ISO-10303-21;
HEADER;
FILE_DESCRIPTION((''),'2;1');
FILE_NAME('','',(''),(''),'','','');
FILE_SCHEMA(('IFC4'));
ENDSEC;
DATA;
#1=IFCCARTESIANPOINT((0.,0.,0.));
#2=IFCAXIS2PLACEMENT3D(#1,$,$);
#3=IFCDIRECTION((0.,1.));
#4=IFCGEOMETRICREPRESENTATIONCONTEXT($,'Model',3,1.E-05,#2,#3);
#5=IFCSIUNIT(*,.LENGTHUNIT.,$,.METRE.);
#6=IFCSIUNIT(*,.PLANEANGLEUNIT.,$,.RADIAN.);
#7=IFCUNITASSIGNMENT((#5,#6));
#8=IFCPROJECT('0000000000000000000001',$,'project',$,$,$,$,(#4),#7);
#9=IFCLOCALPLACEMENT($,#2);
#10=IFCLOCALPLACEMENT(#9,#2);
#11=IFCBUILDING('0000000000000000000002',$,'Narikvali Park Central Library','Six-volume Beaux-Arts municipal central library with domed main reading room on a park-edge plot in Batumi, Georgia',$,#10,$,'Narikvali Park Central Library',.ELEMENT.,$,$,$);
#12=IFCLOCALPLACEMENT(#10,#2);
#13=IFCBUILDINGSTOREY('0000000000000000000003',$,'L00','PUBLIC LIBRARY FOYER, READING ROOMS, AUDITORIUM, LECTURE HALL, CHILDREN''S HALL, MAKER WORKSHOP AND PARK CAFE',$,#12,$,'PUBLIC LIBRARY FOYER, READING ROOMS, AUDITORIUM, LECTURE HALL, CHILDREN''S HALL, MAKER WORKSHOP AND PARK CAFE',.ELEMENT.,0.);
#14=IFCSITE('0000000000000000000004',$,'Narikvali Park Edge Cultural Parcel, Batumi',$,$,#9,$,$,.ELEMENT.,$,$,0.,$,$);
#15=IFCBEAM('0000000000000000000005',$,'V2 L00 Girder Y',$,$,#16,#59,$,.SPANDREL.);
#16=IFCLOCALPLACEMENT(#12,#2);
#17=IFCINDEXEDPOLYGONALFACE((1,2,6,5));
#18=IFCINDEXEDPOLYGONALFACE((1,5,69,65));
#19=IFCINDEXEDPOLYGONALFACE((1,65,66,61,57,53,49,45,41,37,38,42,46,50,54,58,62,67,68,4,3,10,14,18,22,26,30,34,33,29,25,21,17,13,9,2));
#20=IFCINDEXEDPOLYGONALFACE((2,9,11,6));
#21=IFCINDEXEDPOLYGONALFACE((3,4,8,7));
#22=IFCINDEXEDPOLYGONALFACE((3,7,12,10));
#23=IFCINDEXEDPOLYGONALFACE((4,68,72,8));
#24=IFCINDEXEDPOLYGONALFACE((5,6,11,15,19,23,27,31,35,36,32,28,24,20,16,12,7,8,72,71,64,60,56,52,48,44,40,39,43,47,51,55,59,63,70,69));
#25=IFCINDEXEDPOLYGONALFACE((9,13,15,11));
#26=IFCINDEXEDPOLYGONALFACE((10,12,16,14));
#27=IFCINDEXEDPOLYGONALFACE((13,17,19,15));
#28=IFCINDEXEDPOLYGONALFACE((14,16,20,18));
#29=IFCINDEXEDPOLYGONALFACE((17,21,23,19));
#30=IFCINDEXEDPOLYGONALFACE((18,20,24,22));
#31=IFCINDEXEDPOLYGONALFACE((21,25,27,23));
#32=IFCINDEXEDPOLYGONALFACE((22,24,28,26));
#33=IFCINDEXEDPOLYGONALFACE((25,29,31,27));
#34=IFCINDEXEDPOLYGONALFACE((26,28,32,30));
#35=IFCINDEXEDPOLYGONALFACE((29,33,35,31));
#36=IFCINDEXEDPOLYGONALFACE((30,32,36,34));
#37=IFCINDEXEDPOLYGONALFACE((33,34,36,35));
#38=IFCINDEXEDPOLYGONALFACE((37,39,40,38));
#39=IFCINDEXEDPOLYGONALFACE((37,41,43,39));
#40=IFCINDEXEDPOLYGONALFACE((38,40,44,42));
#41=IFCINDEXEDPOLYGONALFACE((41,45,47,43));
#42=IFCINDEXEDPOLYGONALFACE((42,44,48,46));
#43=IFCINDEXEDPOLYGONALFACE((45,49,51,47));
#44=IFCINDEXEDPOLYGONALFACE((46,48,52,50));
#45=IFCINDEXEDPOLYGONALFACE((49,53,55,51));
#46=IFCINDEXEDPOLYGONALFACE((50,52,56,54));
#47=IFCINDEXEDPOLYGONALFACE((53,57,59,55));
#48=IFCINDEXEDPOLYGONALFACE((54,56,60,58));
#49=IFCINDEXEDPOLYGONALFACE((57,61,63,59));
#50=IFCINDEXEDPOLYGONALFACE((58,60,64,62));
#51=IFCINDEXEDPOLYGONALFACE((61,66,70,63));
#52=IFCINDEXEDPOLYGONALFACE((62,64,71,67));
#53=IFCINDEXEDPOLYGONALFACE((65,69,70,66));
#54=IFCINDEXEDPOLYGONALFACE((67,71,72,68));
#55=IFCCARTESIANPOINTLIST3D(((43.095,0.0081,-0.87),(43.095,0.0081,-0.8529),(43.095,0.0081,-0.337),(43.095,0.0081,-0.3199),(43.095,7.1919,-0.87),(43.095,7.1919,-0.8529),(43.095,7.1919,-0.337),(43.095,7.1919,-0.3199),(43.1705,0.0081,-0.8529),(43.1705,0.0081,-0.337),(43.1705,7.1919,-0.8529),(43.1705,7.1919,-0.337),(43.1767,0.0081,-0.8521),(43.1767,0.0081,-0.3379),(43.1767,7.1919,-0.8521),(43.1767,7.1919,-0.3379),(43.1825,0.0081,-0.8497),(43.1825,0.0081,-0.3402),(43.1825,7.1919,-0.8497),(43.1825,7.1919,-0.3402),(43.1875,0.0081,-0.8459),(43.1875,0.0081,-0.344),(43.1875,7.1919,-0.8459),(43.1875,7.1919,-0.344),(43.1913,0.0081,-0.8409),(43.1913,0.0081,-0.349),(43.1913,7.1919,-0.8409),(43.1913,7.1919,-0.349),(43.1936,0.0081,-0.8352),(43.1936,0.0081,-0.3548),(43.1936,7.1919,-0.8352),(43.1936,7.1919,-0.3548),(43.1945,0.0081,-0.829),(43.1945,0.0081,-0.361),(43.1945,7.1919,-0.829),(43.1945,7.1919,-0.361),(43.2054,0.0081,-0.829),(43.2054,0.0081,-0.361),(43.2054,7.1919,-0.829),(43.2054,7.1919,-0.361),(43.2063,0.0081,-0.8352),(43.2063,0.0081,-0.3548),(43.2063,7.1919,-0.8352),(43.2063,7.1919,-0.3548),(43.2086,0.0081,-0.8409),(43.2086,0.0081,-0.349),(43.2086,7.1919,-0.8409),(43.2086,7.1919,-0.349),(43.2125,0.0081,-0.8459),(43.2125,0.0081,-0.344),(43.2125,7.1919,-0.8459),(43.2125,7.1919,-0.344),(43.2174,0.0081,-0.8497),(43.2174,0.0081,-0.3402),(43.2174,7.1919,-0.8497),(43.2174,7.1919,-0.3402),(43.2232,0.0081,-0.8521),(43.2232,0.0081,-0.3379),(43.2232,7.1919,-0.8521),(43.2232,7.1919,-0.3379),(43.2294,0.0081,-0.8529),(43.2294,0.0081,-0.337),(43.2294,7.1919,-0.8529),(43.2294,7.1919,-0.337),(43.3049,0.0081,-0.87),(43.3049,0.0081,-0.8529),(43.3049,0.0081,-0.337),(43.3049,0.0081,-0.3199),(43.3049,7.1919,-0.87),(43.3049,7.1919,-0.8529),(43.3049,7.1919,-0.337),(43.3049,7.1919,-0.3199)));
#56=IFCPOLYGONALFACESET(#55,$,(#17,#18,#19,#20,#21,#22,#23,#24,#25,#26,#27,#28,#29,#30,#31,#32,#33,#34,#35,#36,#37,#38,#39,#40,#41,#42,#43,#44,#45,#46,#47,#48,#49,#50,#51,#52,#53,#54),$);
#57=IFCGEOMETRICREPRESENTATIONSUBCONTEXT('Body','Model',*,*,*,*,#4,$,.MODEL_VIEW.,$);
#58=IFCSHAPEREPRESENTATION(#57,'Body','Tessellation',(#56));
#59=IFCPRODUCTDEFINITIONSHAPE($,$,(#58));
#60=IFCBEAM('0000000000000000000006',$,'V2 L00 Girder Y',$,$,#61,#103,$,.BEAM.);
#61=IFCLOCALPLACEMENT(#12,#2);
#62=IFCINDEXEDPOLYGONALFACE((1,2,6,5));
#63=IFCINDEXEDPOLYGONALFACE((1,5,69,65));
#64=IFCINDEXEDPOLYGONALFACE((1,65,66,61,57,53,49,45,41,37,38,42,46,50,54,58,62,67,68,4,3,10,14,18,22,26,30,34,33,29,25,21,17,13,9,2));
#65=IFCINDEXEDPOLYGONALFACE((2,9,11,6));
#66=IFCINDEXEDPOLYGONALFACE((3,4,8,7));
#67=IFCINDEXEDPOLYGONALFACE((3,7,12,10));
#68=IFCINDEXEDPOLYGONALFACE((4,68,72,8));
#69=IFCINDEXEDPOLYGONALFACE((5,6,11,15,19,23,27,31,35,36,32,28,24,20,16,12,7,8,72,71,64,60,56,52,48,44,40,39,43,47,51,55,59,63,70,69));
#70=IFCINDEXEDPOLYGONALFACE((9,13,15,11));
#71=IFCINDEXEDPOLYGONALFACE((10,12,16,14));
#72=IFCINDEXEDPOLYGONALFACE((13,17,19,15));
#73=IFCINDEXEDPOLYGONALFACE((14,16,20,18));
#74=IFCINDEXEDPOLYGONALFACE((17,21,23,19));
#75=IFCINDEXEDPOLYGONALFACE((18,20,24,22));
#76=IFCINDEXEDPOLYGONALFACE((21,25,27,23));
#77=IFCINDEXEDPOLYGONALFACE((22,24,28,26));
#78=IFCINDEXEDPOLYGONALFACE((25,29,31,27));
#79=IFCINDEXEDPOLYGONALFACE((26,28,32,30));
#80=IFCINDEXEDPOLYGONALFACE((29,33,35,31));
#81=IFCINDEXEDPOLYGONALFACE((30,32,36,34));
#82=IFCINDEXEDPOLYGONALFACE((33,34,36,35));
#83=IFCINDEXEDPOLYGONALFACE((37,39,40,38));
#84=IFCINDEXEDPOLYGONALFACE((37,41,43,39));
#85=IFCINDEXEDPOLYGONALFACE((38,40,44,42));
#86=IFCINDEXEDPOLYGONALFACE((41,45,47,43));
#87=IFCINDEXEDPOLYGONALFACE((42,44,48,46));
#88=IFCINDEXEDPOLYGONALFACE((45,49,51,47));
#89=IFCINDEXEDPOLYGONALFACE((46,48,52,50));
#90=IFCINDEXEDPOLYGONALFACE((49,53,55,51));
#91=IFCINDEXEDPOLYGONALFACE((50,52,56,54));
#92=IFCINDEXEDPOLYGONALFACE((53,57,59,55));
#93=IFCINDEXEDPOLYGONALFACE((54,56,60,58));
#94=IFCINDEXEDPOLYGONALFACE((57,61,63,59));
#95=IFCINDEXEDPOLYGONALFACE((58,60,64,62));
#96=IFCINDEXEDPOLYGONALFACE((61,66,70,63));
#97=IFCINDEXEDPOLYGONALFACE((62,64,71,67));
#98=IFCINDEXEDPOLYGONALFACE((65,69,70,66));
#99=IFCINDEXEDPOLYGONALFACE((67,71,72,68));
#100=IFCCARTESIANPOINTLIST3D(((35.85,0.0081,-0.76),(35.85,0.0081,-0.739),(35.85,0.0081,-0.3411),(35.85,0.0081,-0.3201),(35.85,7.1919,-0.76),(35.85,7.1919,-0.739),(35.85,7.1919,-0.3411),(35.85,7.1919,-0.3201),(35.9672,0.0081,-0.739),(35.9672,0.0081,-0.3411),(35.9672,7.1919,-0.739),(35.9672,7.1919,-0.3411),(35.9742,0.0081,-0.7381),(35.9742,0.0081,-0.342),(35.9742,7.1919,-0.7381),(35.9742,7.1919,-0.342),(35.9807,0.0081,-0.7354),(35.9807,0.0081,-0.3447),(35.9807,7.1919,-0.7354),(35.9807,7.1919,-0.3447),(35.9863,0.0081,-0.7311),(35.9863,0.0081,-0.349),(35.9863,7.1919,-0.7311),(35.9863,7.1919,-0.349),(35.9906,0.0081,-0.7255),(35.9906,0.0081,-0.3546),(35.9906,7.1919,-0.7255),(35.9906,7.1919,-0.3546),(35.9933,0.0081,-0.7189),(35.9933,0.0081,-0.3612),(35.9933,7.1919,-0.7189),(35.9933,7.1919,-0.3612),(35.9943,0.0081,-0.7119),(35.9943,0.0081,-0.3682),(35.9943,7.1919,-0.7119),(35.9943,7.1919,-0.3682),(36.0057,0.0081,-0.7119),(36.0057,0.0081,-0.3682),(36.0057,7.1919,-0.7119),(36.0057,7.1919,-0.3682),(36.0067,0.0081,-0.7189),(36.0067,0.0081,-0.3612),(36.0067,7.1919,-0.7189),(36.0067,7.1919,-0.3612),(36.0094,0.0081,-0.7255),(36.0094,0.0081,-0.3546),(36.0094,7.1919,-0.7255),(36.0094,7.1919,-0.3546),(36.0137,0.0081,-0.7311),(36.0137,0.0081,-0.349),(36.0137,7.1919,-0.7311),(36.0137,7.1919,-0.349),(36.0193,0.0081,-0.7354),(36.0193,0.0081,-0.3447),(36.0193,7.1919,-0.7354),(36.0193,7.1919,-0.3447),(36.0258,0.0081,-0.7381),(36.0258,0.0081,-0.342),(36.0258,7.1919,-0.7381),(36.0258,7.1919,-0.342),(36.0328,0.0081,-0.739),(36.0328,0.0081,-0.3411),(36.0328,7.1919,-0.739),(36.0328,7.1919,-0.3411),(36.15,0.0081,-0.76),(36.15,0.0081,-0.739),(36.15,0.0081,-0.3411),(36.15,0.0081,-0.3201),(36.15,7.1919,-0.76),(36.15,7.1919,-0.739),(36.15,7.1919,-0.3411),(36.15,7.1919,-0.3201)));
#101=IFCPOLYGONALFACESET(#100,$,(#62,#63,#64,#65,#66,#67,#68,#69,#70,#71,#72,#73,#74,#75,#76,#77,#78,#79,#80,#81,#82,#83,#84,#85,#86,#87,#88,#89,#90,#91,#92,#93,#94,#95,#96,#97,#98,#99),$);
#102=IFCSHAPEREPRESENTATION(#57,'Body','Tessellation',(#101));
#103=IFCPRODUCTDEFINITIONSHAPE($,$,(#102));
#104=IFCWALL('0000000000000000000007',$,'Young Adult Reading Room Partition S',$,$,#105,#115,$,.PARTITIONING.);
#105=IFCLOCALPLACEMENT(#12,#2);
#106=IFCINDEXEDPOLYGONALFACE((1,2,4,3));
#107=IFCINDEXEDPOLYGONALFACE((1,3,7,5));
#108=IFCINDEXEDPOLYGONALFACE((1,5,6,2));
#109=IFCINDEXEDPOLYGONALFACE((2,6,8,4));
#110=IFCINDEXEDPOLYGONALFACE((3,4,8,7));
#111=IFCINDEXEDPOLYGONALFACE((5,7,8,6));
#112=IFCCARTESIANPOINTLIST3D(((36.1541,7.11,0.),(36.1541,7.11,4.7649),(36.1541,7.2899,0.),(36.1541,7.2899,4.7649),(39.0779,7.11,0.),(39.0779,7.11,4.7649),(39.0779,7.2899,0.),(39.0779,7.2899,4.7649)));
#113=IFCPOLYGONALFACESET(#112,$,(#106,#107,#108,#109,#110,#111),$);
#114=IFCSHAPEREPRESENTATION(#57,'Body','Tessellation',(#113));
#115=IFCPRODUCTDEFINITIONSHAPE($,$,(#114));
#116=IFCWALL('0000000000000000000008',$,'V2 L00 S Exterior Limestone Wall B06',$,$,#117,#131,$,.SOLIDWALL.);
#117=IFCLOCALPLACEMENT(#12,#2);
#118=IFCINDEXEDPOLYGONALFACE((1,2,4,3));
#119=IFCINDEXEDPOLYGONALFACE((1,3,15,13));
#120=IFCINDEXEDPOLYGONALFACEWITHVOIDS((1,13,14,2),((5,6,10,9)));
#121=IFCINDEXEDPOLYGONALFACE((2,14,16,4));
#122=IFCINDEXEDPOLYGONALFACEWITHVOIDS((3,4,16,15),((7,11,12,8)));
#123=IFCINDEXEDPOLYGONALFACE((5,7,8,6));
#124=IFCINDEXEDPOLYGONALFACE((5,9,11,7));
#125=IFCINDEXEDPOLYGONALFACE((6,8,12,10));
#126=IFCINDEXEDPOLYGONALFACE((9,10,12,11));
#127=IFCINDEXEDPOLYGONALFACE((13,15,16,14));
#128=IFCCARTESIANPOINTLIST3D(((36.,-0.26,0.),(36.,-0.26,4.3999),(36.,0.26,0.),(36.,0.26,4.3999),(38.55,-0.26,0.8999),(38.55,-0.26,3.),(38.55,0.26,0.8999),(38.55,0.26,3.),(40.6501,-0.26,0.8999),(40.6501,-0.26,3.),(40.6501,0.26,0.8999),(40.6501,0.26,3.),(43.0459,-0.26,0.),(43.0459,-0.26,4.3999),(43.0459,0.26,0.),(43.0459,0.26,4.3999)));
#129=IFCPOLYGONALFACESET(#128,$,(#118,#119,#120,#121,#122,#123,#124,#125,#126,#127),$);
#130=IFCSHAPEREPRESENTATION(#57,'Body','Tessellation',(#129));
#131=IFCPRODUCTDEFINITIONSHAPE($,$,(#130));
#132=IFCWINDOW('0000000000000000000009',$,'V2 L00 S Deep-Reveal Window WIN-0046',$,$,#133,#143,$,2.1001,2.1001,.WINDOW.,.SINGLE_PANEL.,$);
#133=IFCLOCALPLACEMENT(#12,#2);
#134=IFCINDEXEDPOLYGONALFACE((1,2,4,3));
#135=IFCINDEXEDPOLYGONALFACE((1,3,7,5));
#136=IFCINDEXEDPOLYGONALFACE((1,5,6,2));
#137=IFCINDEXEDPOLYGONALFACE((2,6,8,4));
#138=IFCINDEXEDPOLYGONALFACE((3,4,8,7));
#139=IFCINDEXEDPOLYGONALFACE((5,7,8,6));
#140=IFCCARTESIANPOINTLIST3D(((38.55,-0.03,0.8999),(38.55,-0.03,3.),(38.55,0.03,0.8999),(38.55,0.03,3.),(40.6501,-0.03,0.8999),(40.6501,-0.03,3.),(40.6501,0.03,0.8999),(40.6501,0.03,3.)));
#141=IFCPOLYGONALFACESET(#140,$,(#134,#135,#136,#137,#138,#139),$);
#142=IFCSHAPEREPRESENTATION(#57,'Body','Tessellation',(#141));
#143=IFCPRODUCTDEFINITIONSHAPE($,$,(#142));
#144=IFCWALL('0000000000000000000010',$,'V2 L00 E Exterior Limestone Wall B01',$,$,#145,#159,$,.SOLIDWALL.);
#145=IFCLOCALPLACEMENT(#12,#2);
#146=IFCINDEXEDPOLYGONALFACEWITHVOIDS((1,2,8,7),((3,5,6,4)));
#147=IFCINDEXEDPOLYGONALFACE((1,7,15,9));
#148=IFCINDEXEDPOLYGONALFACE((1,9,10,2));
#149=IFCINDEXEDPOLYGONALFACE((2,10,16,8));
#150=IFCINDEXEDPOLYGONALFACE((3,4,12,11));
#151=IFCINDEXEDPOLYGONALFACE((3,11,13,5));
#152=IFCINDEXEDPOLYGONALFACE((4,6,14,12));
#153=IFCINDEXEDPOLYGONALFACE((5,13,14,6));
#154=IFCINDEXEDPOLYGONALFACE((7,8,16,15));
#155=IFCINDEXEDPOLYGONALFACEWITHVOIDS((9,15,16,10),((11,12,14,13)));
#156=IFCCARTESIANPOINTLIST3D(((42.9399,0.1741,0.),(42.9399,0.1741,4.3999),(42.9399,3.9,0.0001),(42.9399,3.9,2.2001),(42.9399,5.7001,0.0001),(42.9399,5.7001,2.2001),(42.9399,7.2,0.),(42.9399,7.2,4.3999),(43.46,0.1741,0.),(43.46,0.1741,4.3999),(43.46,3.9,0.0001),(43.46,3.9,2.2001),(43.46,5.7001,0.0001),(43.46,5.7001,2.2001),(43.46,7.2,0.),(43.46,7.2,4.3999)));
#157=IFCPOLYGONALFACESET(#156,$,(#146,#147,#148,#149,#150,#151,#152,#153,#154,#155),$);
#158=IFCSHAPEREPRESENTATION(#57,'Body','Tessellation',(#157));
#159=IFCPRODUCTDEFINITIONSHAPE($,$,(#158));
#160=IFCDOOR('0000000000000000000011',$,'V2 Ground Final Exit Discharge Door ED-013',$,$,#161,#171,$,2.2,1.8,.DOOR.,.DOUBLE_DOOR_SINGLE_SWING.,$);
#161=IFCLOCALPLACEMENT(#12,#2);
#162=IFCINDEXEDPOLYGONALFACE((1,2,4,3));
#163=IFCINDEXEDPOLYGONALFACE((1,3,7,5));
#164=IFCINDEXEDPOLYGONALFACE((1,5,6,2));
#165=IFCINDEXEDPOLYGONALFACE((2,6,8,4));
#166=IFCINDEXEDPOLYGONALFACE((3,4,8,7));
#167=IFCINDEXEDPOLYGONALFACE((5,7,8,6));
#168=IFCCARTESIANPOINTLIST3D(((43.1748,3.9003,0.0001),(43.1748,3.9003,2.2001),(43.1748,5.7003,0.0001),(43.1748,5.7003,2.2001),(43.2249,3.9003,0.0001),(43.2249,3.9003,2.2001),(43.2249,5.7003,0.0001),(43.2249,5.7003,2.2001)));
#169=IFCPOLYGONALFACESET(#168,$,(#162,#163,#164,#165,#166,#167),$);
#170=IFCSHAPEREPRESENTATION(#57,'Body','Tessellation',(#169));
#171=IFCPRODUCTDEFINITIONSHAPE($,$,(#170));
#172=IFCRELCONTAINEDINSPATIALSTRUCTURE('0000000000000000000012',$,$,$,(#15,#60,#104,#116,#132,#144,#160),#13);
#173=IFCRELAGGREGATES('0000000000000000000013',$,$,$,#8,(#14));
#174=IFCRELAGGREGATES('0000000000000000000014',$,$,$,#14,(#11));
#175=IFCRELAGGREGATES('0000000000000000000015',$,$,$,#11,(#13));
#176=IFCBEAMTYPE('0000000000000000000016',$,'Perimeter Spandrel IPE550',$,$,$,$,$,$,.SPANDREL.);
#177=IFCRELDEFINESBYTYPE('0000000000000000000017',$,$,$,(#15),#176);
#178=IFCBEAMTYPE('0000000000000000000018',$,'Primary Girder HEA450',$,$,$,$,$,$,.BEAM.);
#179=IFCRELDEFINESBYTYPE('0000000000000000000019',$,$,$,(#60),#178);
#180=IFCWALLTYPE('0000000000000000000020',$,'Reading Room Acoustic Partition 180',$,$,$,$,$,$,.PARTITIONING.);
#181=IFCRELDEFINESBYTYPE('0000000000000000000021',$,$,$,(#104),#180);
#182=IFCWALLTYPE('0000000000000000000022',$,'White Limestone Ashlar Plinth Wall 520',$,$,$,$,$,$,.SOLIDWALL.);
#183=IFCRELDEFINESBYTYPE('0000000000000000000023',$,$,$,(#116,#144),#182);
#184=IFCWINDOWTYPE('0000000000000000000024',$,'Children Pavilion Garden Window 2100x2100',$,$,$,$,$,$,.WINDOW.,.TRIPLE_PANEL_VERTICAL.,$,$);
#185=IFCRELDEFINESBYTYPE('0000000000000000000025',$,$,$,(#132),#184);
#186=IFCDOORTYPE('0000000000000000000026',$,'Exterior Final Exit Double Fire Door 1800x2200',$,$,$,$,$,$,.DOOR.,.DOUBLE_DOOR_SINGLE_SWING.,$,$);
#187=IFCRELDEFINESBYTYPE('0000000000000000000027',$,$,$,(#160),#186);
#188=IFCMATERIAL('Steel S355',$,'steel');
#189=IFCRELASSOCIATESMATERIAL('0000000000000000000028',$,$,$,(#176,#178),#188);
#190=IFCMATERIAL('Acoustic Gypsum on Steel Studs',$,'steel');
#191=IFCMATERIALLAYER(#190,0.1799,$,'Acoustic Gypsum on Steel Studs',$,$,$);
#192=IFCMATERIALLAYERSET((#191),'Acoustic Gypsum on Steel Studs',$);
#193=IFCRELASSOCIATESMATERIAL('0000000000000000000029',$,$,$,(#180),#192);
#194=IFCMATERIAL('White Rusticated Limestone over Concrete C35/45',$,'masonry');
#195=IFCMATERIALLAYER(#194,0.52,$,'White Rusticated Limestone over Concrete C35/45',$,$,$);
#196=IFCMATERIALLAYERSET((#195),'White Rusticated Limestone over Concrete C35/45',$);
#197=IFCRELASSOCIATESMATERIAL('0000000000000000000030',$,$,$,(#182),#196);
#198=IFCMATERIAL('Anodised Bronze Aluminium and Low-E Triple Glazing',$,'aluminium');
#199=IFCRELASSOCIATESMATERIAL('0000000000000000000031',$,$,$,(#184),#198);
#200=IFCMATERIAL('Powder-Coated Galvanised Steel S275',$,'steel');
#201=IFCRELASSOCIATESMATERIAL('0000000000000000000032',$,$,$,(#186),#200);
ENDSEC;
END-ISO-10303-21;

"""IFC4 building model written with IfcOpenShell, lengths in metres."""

from ifc_helpers import new_model, si_unit, direction, frame, frame_2d, origin, origin_2d, place, context, subcontext, project, spatial, rectangle, i_section, extrude, material, layer, layer_set, material_profile, profile_set, type_object, element, fill, save


model = new_model("IFC4")

# Units and contexts
model_context = context("Model", 3, precision=1e-05, world=origin(), true_north=direction((0.0, 1.0)))
body_context = subcontext(model_context, "Body", "Model", "MODEL_VIEW")
ifc_project = project(units=[si_unit("LENGTHUNIT", "METRE"), si_unit("PLANEANGLEUNIT", "RADIAN")], contexts=[model_context])

# Site, building, storey
site_placement = place(None, origin())
site = spatial("IfcSite", under=ifc_project, at=site_placement, Name="Narikvali Park Edge Cultural Parcel, Batumi", CompositionType="ELEMENT", RefElevation=0.0)
building_placement = place(site_placement, origin())
building = spatial("IfcBuilding", under=site, at=building_placement, Name="Narikvali Park Central Library", Description="Six-volume Beaux-Arts municipal central library with domed main reading room on a park-edge plot in Batumi, Georgia", LongName="Narikvali Park Central Library", CompositionType="ELEMENT")
storey_placement = place(building_placement, origin())
storey = spatial("IfcBuildingStorey", under=building, at=storey_placement, Name="L00", Description="PUBLIC LIBRARY FOYER, READING ROOMS, AUDITORIUM, LECTURE HALL, CHILDREN'S HALL, MAKER WORKSHOP AND PARK CAFE", LongName="PUBLIC LIBRARY FOYER, READING ROOMS, AUDITORIUM, LECTURE HALL, CHILDREN'S HALL, MAKER WORKSHOP AND PARK CAFE", CompositionType="ELEMENT", Elevation=0.0)

# Shared definitions
ifc_material_1 = material(Name="Steel S355", Category="steel")

# Beams
ifc_material_profile_1 = material_profile(ifc_material_1, i_section(OverallWidth=0.21, OverallDepth=0.55, WebThickness=0.011, FlangeThickness=0.0171, FilletRadius=0.0239, at=origin_2d()), Name="IPE 550")
ifc_profile_set_1 = profile_set([ifc_material_profile_1], Name="Steel S355")
beam_type_1 = type_object("IfcBeamType", Name="Perimeter Spandrel IPE550", PredefinedType="SPANDREL", material=ifc_profile_set_1)
for number, where, z_axis, x_axis, name in (
    (1, (43.2, 0.0081, -0.595), (0.0, 1.0, 0.0), (-1.0, 0.0, 0.0), "V2 L00 Girder Y"),
):
    element("IfcBeam", number, at=place(storey_placement, frame(where, z_axis=z_axis, x_axis=x_axis)), inside=storey, type_object=beam_type_1, Name=name, PredefinedType="SPANDREL", context=body_context, shape_type="SweptSolid", body=[
        extrude(i_section(OverallWidth=0.21, OverallDepth=0.55, WebThickness=0.011, FlangeThickness=0.0171, FilletRadius=0.0239, at=origin_2d()), origin(), (0.0, 0.0, 1.0), 7.1838),
    ])
ifc_material_profile_2 = material_profile(ifc_material_1, i_section(OverallWidth=0.3, OverallDepth=0.4399, WebThickness=0.0115, FlangeThickness=0.021, FilletRadius=0.0271, at=origin_2d()), Name="HEA 450")
ifc_profile_set_2 = profile_set([ifc_material_profile_2], Name="Steel S355")
beam_type_2 = type_object("IfcBeamType", Name="Primary Girder HEA450", PredefinedType="BEAM", material=ifc_profile_set_2)
beam_1_placement = place(storey_placement, frame((36.0, 0.0081, -0.54), z_axis=(0.0, 1.0, 0.0), x_axis=(-1.0, 0.0, 0.0)))
element("IfcBeam", 2, at=beam_1_placement, inside=storey, type_object=beam_type_2, Name="V2 L00 Girder Y", PredefinedType="BEAM", context=body_context, shape_type="SweptSolid", body=[
    extrude(i_section(OverallWidth=0.3, OverallDepth=0.4399, WebThickness=0.0115, FlangeThickness=0.021, FilletRadius=0.0271, at=origin_2d()), origin(), (0.0, 0.0, 1.0), 7.1838),
])

# Wall
ifc_material_2 = material(Name="Acoustic Gypsum on Steel Studs", Category="steel")
ifc_layer_1 = layer(ifc_material_2, 0.1799, Name="Acoustic Gypsum on Steel Studs")
ifc_layer_set_1 = layer_set([ifc_layer_1], Name="Acoustic Gypsum on Steel Studs")
wall_type_1 = type_object("IfcWallType", Name="Reading Room Acoustic Partition 180", PredefinedType="PARTITIONING", material=ifc_layer_set_1)
wall_1_placement = place(storey_placement, frame((36.1541, 7.2, 0.0), z_axis=(0.0, 0.0, 1.0), x_axis=(1.0, 0.0, 0.0)))
element("IfcWall", 3, at=wall_1_placement, inside=storey, type_object=wall_type_1, Name="Young Adult Reading Room Partition S", PredefinedType="PARTITIONING", context=body_context, shape_type="SweptSolid", body=[
    extrude(rectangle(XDim=2.9238, YDim=0.1799, at=frame_2d((1.4619, 0.0))), origin(), (0.0, 0.0, 1.0), 4.7649),
])

# Wall, opening, window
ifc_material_3 = material(Name="White Rusticated Limestone over Concrete C35/45", Category="masonry")
ifc_layer_2 = layer(ifc_material_3, 0.52, Name="White Rusticated Limestone over Concrete C35/45")
ifc_layer_set_2 = layer_set([ifc_layer_2], Name="White Rusticated Limestone over Concrete C35/45")
wall_type_2 = type_object("IfcWallType", Name="White Limestone Ashlar Plinth Wall 520", PredefinedType="SOLIDWALL", material=ifc_layer_set_2)
wall_2_placement = place(storey_placement, frame((36.0, 0.0, 0.0), z_axis=(0.0, 0.0, 1.0), x_axis=(1.0, 0.0, 0.0)))
wall_2 = element("IfcWall", 4, at=wall_2_placement, inside=storey, type_object=wall_type_2, Name="V2 L00 S Exterior Limestone Wall B06", PredefinedType="SOLIDWALL", context=body_context, shape_type="SweptSolid", body=[
    extrude(rectangle(XDim=7.0459, YDim=0.52, at=frame_2d((3.5229, 0.0))), origin(), (0.0, 0.0, 1.0), 4.3999),
])
opening_1_placement = place(wall_2_placement, frame((2.55, 0.0, 0.8999)))
opening_1 = element("IfcOpeningElement", 5, at=opening_1_placement, cuts=wall_2, PredefinedType="OPENING", context=body_context, shape_type="SweptSolid", body=[
    extrude(rectangle(XDim=2.1001, YDim=2.1001, at=frame_2d((1.05, 1.05))), frame((0.0, 0.272, 0.0), z_axis=(0.0, -1.0, 0.0), x_axis=(1.0, 0.0, 0.0)), (0.0, 0.0, 1.0), 0.5439),
])
ifc_material_4 = material(Name="Anodised Bronze Aluminium and Low-E Triple Glazing", Category="aluminium")
window_type = type_object("IfcWindowType", Name="Children Pavilion Garden Window 2100x2100", PartitioningType="TRIPLE_PANEL_VERTICAL", PredefinedType="WINDOW", material=ifc_material_4)
window_1_placement = place(opening_1_placement, origin())
window_1 = element("IfcWindow", 6, at=window_1_placement, inside=storey, type_object=window_type, Name="V2 L00 S Deep-Reveal Window WIN-0046", OverallHeight=2.1001, OverallWidth=2.1001, PartitioningType="SINGLE_PANEL", PredefinedType="WINDOW", context=body_context, shape_type="SweptSolid", body=[
    extrude(rectangle(XDim=2.1001, YDim=2.1001, at=frame_2d((1.05, 1.05))), frame((0.0, 0.03, 0.0), z_axis=(0.0, -1.0, 0.0), x_axis=(1.0, 0.0, 0.0)), (0.0, 0.0, 1.0), 0.0601),
])
fill(opening_1, window_1)

# Wall, opening, door
wall_3_placement = place(storey_placement, frame((43.2, 0.1741, 0.0), z_axis=(0.0, 0.0, 1.0), x_axis=(0.0, 1.0, 0.0)))
wall_3 = element("IfcWall", 7, at=wall_3_placement, inside=storey, type_object=wall_type_2, Name="V2 L00 E Exterior Limestone Wall B01", PredefinedType="SOLIDWALL", context=body_context, shape_type="SweptSolid", body=[
    extrude(rectangle(XDim=7.0259, YDim=0.52, at=frame_2d((3.5129, 0.0))), origin(), (0.0, 0.0, 1.0), 4.3999),
])
opening_2_placement = place(wall_3_placement, frame((3.7261, 0.0, 0.0)))
opening_2 = element("IfcOpeningElement", 8, at=opening_2_placement, cuts=wall_3, PredefinedType="OPENING", context=body_context, shape_type="SweptSolid", body=[
    extrude(rectangle(XDim=1.8, YDim=2.2, at=frame_2d((0.8999, 1.1001))), frame((0.0, 0.272, 0.0), z_axis=(0.0, -1.0, 0.0), x_axis=(1.0, 0.0, 0.0)), (0.0, 0.0, 1.0), 0.5439),
])
ifc_material_5 = material(Name="Powder-Coated Galvanised Steel S275", Category="steel")
door_type = type_object("IfcDoorType", Name="Exterior Final Exit Double Fire Door 1800x2200", OperationType="DOUBLE_DOOR_SINGLE_SWING", PredefinedType="DOOR", material=ifc_material_5)
door_placement = place(opening_2_placement, frame((1.8, 0.0, 0.0), z_axis=(0.0, 0.0, 1.0), x_axis=(-1.0, 0.0, 0.0)))
door = element("IfcDoor", 9, at=door_placement, inside=storey, type_object=door_type, Name="V2 Ground Final Exit Discharge Door ED-013", OperationType="DOUBLE_DOOR_SINGLE_SWING", OverallHeight=2.2, OverallWidth=1.8, PredefinedType="DOOR", context=body_context, shape_type="SweptSolid", body=[
    extrude(rectangle(XDim=1.8, YDim=2.2, at=frame_2d((0.8999, 1.1001))), frame((0.0, 0.0249, 0.0), z_axis=(0.0, -1.0, 0.0), x_axis=(1.0, 0.0, 0.0)), (0.0, 0.0, 1.0), 0.05),
])
fill(opening_2, door)

save(model, "model.ifc")
